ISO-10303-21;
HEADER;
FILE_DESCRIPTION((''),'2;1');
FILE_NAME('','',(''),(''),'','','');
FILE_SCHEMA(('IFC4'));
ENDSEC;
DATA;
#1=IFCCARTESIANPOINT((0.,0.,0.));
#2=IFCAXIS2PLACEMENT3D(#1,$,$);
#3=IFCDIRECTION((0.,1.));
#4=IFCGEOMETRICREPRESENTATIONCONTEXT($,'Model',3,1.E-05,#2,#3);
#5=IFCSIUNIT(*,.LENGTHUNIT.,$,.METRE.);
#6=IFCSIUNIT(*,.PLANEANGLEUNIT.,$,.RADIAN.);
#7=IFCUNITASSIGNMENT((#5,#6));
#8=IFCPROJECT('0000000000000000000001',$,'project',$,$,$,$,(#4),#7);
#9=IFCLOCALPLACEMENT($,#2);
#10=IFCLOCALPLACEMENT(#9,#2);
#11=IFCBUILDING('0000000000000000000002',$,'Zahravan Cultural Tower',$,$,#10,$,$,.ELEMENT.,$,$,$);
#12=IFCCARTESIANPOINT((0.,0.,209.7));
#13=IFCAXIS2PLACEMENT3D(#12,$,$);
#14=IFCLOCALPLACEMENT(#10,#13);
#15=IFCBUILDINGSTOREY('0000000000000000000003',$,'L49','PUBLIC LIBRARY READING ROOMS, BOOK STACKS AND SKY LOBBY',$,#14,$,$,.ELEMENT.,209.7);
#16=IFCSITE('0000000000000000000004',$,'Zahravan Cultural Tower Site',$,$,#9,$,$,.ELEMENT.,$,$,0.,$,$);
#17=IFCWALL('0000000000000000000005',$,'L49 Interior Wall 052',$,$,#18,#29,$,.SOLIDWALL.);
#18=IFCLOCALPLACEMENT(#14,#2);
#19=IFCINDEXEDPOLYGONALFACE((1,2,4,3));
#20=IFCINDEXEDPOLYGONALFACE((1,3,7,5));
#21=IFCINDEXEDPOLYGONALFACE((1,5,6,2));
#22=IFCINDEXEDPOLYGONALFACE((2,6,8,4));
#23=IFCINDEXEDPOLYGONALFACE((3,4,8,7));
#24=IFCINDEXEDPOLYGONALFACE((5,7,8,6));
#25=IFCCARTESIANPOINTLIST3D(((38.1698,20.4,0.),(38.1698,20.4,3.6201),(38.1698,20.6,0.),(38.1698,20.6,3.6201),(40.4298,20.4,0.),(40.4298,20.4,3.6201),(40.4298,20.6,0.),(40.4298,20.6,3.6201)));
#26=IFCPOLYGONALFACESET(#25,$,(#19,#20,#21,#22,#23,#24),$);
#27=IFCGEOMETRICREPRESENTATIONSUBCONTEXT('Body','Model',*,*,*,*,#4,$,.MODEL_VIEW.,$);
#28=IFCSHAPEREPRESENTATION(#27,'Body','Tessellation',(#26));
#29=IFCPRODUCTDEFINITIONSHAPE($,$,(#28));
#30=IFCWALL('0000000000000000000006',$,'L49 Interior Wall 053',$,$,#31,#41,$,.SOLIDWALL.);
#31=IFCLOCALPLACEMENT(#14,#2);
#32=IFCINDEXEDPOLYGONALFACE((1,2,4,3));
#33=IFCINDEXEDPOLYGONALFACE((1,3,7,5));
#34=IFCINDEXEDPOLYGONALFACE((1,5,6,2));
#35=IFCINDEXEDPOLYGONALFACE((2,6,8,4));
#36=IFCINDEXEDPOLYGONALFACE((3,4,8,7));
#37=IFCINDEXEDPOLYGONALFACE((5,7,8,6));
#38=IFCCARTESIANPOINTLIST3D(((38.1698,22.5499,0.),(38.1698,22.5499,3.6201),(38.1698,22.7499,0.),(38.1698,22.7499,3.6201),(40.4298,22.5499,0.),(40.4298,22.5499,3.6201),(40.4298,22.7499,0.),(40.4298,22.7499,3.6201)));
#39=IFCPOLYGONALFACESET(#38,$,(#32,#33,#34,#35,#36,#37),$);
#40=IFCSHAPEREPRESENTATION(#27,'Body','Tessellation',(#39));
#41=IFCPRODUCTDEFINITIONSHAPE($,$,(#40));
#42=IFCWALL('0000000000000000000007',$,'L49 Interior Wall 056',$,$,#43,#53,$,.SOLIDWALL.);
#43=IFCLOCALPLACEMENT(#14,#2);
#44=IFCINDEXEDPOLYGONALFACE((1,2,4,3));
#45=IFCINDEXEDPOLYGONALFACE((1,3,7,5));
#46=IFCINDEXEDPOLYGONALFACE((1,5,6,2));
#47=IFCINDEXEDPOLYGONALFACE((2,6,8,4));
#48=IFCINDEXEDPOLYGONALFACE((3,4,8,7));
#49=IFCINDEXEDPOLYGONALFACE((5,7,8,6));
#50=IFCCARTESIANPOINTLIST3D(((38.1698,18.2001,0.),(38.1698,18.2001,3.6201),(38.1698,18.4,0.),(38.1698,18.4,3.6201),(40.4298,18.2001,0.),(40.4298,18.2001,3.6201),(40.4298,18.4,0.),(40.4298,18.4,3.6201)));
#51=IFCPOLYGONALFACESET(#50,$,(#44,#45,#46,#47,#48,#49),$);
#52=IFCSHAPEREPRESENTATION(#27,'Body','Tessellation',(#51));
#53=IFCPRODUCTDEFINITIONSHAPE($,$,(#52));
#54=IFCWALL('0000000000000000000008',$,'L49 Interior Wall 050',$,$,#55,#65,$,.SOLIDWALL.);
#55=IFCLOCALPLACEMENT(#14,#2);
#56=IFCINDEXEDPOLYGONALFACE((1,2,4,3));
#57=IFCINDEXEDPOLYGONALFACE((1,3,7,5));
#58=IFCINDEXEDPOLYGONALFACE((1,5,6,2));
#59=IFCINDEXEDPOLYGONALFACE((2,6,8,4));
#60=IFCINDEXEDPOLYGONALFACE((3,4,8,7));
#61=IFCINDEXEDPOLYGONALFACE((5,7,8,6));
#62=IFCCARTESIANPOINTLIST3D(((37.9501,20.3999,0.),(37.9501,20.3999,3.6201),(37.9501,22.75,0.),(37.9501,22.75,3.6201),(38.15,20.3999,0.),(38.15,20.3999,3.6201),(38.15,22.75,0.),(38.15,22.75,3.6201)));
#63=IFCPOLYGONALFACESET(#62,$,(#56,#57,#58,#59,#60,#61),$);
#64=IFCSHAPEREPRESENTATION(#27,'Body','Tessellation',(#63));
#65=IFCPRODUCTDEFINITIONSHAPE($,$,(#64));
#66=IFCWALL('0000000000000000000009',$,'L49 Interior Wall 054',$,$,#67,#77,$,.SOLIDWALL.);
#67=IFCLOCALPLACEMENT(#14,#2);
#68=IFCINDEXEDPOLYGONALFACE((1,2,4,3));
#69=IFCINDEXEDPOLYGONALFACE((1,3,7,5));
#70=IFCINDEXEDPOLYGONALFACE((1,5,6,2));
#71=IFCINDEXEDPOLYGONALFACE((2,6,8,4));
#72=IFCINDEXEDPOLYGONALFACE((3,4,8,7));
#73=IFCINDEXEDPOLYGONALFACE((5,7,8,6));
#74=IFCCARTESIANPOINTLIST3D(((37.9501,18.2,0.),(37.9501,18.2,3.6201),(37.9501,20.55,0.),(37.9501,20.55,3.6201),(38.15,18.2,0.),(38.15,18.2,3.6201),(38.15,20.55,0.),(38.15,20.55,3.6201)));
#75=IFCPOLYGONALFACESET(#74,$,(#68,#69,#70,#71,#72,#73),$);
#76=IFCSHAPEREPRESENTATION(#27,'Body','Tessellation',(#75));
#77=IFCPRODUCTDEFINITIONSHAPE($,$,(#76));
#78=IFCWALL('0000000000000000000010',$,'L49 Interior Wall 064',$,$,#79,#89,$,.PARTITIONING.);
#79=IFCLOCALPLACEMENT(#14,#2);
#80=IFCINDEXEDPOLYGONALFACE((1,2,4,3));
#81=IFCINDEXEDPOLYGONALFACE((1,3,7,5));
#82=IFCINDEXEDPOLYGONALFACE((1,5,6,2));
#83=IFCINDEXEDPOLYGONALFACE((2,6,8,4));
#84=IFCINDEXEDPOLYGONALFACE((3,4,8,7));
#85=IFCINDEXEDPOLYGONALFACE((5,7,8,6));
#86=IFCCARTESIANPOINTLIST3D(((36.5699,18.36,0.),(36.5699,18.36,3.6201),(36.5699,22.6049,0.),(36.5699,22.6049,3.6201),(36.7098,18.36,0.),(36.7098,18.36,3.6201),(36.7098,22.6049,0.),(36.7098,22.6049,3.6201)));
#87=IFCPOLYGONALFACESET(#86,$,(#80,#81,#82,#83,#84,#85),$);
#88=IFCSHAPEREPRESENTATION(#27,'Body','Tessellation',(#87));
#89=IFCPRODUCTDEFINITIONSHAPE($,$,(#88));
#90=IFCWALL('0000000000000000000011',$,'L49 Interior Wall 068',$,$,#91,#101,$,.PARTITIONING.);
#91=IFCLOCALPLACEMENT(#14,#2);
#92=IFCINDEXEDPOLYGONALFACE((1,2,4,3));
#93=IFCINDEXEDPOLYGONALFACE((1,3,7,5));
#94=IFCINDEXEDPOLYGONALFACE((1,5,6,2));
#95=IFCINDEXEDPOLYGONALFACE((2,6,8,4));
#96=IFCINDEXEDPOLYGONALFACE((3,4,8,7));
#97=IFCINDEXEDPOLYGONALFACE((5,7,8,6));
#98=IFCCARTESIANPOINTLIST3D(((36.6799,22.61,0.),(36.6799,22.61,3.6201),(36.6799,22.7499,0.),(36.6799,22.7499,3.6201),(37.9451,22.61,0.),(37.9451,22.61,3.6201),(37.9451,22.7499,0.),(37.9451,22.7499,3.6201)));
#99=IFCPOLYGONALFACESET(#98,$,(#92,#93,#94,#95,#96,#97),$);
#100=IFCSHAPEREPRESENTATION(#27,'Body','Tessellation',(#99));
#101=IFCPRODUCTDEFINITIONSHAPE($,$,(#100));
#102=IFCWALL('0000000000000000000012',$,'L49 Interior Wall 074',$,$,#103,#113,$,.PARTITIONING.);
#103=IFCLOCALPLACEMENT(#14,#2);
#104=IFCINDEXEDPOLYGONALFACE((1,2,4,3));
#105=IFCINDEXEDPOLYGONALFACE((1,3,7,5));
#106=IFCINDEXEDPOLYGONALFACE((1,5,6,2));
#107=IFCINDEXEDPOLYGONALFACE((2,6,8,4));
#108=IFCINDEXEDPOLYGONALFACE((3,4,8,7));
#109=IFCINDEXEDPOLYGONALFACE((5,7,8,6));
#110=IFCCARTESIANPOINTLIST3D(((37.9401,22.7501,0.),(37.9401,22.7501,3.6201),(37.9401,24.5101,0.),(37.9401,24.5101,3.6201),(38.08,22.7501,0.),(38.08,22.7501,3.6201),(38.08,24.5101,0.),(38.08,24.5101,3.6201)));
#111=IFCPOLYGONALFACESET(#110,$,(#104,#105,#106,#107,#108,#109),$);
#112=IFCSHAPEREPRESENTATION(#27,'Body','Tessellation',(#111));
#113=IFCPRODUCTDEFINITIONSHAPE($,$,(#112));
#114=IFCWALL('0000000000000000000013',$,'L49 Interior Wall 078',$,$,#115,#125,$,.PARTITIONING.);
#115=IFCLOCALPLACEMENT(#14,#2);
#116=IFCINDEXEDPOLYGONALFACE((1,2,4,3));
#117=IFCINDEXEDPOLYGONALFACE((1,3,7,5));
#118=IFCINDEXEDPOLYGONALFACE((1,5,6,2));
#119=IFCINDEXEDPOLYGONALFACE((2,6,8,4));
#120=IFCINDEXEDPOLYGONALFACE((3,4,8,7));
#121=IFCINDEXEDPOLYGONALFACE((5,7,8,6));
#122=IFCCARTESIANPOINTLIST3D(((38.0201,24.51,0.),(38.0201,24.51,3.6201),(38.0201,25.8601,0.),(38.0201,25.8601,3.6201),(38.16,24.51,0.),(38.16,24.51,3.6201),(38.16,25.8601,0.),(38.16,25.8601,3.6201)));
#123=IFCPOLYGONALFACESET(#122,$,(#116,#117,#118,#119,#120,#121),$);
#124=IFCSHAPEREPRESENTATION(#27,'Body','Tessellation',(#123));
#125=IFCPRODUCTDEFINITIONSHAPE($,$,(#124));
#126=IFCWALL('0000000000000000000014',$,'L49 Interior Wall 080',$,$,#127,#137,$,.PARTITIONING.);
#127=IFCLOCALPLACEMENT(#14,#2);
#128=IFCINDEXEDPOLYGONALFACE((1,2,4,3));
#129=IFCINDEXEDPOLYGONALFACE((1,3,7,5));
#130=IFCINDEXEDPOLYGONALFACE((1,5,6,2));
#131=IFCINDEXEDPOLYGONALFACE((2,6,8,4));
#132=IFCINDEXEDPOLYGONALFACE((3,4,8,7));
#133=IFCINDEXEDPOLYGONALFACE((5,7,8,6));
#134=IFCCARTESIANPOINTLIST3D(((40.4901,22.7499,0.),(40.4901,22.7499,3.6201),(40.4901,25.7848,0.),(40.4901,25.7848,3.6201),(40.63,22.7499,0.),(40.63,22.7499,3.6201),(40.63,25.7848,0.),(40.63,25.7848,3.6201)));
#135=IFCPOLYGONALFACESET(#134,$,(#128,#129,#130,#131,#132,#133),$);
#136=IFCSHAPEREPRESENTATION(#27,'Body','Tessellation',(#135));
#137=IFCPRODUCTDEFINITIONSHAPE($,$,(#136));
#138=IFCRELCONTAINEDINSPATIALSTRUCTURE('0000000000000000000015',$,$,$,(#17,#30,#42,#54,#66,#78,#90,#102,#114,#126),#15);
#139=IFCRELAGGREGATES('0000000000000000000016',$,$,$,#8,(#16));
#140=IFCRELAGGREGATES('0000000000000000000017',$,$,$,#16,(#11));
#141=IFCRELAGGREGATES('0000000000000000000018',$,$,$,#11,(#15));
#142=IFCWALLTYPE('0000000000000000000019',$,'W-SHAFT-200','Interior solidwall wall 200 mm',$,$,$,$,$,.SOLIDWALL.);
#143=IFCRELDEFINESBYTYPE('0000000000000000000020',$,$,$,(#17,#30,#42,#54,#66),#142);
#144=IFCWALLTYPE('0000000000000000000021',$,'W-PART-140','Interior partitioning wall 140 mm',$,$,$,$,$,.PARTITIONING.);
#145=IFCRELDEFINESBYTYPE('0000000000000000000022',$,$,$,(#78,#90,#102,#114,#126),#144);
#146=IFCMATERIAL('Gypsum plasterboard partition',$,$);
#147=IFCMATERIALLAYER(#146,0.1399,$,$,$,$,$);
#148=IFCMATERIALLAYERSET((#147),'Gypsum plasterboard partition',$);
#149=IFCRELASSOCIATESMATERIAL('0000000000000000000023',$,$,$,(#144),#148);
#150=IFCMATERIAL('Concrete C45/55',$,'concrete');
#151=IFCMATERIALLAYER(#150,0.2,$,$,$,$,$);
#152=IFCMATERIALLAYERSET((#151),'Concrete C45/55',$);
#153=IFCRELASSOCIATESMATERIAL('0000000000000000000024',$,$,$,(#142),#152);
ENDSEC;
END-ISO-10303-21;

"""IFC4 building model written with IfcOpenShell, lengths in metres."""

from ifc_helpers import new_model, si_unit, direction, frame, frame_2d, origin, place, context, subcontext, project, spatial, rectangle, extrude, source, transform, mapped, material, layer, layer_set, type_object, element, save


model = new_model("IFC4")

# Units and contexts
model_context = context("Model", 3, precision=1e-05, world=origin(), true_north=direction((0.0, 1.0)))
body_context = subcontext(model_context, "Body", "Model", "MODEL_VIEW")
ifc_project = project(units=[si_unit("LENGTHUNIT", "METRE"), si_unit("PLANEANGLEUNIT", "RADIAN")], contexts=[model_context])

# Site, building, storey
site_placement = place(None, origin())
site = spatial("IfcSite", under=ifc_project, at=site_placement, Name="Zahravan Cultural Tower Site", CompositionType="ELEMENT", RefElevation=0.0)
building_placement = place(site_placement, origin())
building = spatial("IfcBuilding", under=site, at=building_placement, Name="Zahravan Cultural Tower", CompositionType="ELEMENT")
storey_placement = place(building_placement, frame((0.0, 0.0, 209.7)))
storey = spatial("IfcBuildingStorey", under=building, at=storey_placement, Name="L49", Description="PUBLIC LIBRARY READING ROOMS, BOOK STACKS AND SKY LOBBY", CompositionType="ELEMENT", Elevation=209.7)

# Shared definitions
ifc_material_1 = material(Name="Gypsum plasterboard partition")
ifc_layer_1 = layer(ifc_material_1, 0.1399)
ifc_layer_set_1 = layer_set([ifc_layer_1], Name="Gypsum plasterboard partition")
wall_type_1 = type_object("IfcWallType", Name="W-PART-140", Description="Interior partitioning wall 140 mm", PredefinedType="PARTITIONING", material=ifc_layer_set_1)
ifc_material_2 = material(Name="Concrete C45/55", Category="concrete")
ifc_layer_2 = layer(ifc_material_2, 0.2)
ifc_layer_set_2 = layer_set([ifc_layer_2], Name="Concrete C45/55")
wall_type_2 = type_object("IfcWallType", Name="W-SHAFT-200", Description="Interior solidwall wall 200 mm", PredefinedType="SOLIDWALL", material=ifc_layer_set_2)

# Walls
shared_shape_1 = source(origin(), body_context, "Body", "SweptSolid", [
    extrude(rectangle(XDim=2.26, YDim=0.2, at=frame_2d((1.1299, 0.0))), origin(), (0.0, 0.0, 1.0), 3.6201),
])
for number, where, z_axis, x_axis, name in (
    (1, (38.1699, 20.5, 0.0), (0.0, 0.0, 1.0), (1.0, 0.0, 0.0), "L49 Interior Wall 052"),
    (2, (38.1699, 22.6499, 0.0), (0.0, 0.0, 1.0), (1.0, 0.0, 0.0), "L49 Interior Wall 053"),
    (3, (38.1699, 18.3, 0.0), (0.0, 0.0, 1.0), (1.0, 0.0, 0.0), "L49 Interior Wall 056"),
):
    element("IfcWall", number, at=place(storey_placement, frame(where, z_axis=z_axis, x_axis=x_axis)), inside=storey, type_object=wall_type_2, Name=name, PredefinedType="SOLIDWALL", context=body_context, shape_type="MappedRepresentation", body=[
        mapped(shared_shape_1, transform((0.0, 0.0, 0.0), x_axis=(1.0, 0.0, 0.0), y_axis=(0.0, 1.0, 0.0), z_axis=(0.0, 0.0, 1.0), scale=1.0)),
    ])
shared_shape_2 = source(origin(), body_context, "Body", "SweptSolid", [
    extrude(rectangle(XDim=2.3501, YDim=0.2, at=frame_2d((1.175, 0.0))), origin(), (0.0, 0.0, 1.0), 3.6201),
])
for number, where, z_axis, x_axis, name in (
    (4, (38.05, 20.3999, 0.0), (0.0, 0.0, 1.0), (0.0, 1.0, 0.0), "L49 Interior Wall 050"),
    (5, (38.05, 18.2, 0.0), (0.0, 0.0, 1.0), (0.0, 1.0, 0.0), "L49 Interior Wall 054"),
):
    element("IfcWall", number, at=place(storey_placement, frame(where, z_axis=z_axis, x_axis=x_axis)), inside=storey, type_object=wall_type_2, Name=name, PredefinedType="SOLIDWALL", context=body_context, shape_type="MappedRepresentation", body=[
        mapped(shared_shape_2, transform((0.0, 0.0, 0.0), x_axis=(1.0, 0.0, 0.0), y_axis=(0.0, 1.0, 0.0), z_axis=(0.0, 0.0, 1.0), scale=1.0)),
    ])
shared_shape_3 = source(origin(), body_context, "Body", "SweptSolid", [
    extrude(rectangle(XDim=4.2449, YDim=0.1399, at=frame_2d((2.1226, 0.0))), origin(), (0.0, 0.0, 1.0), 3.6201),
])
wall_1_placement = place(storey_placement, frame((36.6399, 22.605, 0.0), z_axis=(0.0, 0.0, 1.0), x_axis=(0.0, -1.0, 0.0)))
element("IfcWall", 6, at=wall_1_placement, inside=storey, type_object=wall_type_1, Name="L49 Interior Wall 064", PredefinedType="PARTITIONING", context=body_context, shape_type="MappedRepresentation", body=[
    mapped(shared_shape_3, transform((0.0, 0.0, 0.0), x_axis=(1.0, 0.0, 0.0), y_axis=(0.0, 1.0, 0.0), z_axis=(0.0, 0.0, 1.0), scale=1.0)),
])
shared_shape_4 = source(origin(), body_context, "Body", "SweptSolid", [
    extrude(rectangle(XDim=1.2651, YDim=0.1399, at=frame_2d((0.6326, 0.0))), origin(), (0.0, 0.0, 1.0), 3.6201),
])
wall_2_placement = place(storey_placement, frame((36.6799, 22.6799, 0.0), z_axis=(0.0, 0.0, 1.0), x_axis=(1.0, 0.0, 0.0)))
element("IfcWall", 7, at=wall_2_placement, inside=storey, type_object=wall_type_1, Name="L49 Interior Wall 068", PredefinedType="PARTITIONING", context=body_context, shape_type="MappedRepresentation", body=[
    mapped(shared_shape_4, transform((0.0, 0.0, 0.0), x_axis=(1.0, 0.0, 0.0), y_axis=(0.0, 1.0, 0.0), z_axis=(0.0, 0.0, 1.0), scale=1.0)),
])
shared_shape_5 = source(origin(), body_context, "Body", "SweptSolid", [
    extrude(rectangle(XDim=1.76, YDim=0.1399, at=frame_2d((0.8799, 0.0))), origin(), (0.0, 0.0, 1.0), 3.6201),
])
wall_3_placement = place(storey_placement, frame((38.01, 24.51, 0.0), z_axis=(0.0, 0.0, 1.0), x_axis=(0.0, -1.0, 0.0)))
element("IfcWall", 8, at=wall_3_placement, inside=storey, type_object=wall_type_1, Name="L49 Interior Wall 074", PredefinedType="PARTITIONING", context=body_context, shape_type="MappedRepresentation", body=[
    mapped(shared_shape_5, transform((0.0, 0.0, 0.0), x_axis=(1.0, 0.0, 0.0), y_axis=(0.0, 1.0, 0.0), z_axis=(0.0, 0.0, 1.0), scale=1.0)),
])
shared_shape_6 = source(origin(), body_context, "Body", "SweptSolid", [
    extrude(rectangle(XDim=1.3501, YDim=0.1399, at=frame_2d((0.675, 0.0))), origin(), (0.0, 0.0, 1.0), 3.6201),
])
wall_4_placement = place(storey_placement, frame((38.0901, 24.51, 0.0), z_axis=(0.0, 0.0, 1.0), x_axis=(0.0, 1.0, 0.0)))
element("IfcWall", 9, at=wall_4_placement, inside=storey, type_object=wall_type_1, Name="L49 Interior Wall 078", PredefinedType="PARTITIONING", context=body_context, shape_type="MappedRepresentation", body=[
    mapped(shared_shape_6, transform((0.0, 0.0, 0.0), x_axis=(1.0, 0.0, 0.0), y_axis=(0.0, 1.0, 0.0), z_axis=(0.0, 0.0, 1.0), scale=1.0)),
])
shared_shape_7 = source(origin(), body_context, "Body", "SweptSolid", [
    extrude(rectangle(XDim=3.0349, YDim=0.1399, at=frame_2d((1.5176, 0.0))), origin(), (0.0, 0.0, 1.0), 3.6201),
])
wall_5_placement = place(storey_placement, frame((40.5601, 25.7849, 0.0), z_axis=(0.0, 0.0, 1.0), x_axis=(0.0, -1.0, 0.0)))
element("IfcWall", 10, at=wall_5_placement, inside=storey, type_object=wall_type_1, Name="L49 Interior Wall 080", PredefinedType="PARTITIONING", context=body_context, shape_type="MappedRepresentation", body=[
    mapped(shared_shape_7, transform((0.0, 0.0, 0.0), x_axis=(1.0, 0.0, 0.0), y_axis=(0.0, 1.0, 0.0), z_axis=(0.0, 0.0, 1.0), scale=1.0)),
])

save(model, "model.ifc")
